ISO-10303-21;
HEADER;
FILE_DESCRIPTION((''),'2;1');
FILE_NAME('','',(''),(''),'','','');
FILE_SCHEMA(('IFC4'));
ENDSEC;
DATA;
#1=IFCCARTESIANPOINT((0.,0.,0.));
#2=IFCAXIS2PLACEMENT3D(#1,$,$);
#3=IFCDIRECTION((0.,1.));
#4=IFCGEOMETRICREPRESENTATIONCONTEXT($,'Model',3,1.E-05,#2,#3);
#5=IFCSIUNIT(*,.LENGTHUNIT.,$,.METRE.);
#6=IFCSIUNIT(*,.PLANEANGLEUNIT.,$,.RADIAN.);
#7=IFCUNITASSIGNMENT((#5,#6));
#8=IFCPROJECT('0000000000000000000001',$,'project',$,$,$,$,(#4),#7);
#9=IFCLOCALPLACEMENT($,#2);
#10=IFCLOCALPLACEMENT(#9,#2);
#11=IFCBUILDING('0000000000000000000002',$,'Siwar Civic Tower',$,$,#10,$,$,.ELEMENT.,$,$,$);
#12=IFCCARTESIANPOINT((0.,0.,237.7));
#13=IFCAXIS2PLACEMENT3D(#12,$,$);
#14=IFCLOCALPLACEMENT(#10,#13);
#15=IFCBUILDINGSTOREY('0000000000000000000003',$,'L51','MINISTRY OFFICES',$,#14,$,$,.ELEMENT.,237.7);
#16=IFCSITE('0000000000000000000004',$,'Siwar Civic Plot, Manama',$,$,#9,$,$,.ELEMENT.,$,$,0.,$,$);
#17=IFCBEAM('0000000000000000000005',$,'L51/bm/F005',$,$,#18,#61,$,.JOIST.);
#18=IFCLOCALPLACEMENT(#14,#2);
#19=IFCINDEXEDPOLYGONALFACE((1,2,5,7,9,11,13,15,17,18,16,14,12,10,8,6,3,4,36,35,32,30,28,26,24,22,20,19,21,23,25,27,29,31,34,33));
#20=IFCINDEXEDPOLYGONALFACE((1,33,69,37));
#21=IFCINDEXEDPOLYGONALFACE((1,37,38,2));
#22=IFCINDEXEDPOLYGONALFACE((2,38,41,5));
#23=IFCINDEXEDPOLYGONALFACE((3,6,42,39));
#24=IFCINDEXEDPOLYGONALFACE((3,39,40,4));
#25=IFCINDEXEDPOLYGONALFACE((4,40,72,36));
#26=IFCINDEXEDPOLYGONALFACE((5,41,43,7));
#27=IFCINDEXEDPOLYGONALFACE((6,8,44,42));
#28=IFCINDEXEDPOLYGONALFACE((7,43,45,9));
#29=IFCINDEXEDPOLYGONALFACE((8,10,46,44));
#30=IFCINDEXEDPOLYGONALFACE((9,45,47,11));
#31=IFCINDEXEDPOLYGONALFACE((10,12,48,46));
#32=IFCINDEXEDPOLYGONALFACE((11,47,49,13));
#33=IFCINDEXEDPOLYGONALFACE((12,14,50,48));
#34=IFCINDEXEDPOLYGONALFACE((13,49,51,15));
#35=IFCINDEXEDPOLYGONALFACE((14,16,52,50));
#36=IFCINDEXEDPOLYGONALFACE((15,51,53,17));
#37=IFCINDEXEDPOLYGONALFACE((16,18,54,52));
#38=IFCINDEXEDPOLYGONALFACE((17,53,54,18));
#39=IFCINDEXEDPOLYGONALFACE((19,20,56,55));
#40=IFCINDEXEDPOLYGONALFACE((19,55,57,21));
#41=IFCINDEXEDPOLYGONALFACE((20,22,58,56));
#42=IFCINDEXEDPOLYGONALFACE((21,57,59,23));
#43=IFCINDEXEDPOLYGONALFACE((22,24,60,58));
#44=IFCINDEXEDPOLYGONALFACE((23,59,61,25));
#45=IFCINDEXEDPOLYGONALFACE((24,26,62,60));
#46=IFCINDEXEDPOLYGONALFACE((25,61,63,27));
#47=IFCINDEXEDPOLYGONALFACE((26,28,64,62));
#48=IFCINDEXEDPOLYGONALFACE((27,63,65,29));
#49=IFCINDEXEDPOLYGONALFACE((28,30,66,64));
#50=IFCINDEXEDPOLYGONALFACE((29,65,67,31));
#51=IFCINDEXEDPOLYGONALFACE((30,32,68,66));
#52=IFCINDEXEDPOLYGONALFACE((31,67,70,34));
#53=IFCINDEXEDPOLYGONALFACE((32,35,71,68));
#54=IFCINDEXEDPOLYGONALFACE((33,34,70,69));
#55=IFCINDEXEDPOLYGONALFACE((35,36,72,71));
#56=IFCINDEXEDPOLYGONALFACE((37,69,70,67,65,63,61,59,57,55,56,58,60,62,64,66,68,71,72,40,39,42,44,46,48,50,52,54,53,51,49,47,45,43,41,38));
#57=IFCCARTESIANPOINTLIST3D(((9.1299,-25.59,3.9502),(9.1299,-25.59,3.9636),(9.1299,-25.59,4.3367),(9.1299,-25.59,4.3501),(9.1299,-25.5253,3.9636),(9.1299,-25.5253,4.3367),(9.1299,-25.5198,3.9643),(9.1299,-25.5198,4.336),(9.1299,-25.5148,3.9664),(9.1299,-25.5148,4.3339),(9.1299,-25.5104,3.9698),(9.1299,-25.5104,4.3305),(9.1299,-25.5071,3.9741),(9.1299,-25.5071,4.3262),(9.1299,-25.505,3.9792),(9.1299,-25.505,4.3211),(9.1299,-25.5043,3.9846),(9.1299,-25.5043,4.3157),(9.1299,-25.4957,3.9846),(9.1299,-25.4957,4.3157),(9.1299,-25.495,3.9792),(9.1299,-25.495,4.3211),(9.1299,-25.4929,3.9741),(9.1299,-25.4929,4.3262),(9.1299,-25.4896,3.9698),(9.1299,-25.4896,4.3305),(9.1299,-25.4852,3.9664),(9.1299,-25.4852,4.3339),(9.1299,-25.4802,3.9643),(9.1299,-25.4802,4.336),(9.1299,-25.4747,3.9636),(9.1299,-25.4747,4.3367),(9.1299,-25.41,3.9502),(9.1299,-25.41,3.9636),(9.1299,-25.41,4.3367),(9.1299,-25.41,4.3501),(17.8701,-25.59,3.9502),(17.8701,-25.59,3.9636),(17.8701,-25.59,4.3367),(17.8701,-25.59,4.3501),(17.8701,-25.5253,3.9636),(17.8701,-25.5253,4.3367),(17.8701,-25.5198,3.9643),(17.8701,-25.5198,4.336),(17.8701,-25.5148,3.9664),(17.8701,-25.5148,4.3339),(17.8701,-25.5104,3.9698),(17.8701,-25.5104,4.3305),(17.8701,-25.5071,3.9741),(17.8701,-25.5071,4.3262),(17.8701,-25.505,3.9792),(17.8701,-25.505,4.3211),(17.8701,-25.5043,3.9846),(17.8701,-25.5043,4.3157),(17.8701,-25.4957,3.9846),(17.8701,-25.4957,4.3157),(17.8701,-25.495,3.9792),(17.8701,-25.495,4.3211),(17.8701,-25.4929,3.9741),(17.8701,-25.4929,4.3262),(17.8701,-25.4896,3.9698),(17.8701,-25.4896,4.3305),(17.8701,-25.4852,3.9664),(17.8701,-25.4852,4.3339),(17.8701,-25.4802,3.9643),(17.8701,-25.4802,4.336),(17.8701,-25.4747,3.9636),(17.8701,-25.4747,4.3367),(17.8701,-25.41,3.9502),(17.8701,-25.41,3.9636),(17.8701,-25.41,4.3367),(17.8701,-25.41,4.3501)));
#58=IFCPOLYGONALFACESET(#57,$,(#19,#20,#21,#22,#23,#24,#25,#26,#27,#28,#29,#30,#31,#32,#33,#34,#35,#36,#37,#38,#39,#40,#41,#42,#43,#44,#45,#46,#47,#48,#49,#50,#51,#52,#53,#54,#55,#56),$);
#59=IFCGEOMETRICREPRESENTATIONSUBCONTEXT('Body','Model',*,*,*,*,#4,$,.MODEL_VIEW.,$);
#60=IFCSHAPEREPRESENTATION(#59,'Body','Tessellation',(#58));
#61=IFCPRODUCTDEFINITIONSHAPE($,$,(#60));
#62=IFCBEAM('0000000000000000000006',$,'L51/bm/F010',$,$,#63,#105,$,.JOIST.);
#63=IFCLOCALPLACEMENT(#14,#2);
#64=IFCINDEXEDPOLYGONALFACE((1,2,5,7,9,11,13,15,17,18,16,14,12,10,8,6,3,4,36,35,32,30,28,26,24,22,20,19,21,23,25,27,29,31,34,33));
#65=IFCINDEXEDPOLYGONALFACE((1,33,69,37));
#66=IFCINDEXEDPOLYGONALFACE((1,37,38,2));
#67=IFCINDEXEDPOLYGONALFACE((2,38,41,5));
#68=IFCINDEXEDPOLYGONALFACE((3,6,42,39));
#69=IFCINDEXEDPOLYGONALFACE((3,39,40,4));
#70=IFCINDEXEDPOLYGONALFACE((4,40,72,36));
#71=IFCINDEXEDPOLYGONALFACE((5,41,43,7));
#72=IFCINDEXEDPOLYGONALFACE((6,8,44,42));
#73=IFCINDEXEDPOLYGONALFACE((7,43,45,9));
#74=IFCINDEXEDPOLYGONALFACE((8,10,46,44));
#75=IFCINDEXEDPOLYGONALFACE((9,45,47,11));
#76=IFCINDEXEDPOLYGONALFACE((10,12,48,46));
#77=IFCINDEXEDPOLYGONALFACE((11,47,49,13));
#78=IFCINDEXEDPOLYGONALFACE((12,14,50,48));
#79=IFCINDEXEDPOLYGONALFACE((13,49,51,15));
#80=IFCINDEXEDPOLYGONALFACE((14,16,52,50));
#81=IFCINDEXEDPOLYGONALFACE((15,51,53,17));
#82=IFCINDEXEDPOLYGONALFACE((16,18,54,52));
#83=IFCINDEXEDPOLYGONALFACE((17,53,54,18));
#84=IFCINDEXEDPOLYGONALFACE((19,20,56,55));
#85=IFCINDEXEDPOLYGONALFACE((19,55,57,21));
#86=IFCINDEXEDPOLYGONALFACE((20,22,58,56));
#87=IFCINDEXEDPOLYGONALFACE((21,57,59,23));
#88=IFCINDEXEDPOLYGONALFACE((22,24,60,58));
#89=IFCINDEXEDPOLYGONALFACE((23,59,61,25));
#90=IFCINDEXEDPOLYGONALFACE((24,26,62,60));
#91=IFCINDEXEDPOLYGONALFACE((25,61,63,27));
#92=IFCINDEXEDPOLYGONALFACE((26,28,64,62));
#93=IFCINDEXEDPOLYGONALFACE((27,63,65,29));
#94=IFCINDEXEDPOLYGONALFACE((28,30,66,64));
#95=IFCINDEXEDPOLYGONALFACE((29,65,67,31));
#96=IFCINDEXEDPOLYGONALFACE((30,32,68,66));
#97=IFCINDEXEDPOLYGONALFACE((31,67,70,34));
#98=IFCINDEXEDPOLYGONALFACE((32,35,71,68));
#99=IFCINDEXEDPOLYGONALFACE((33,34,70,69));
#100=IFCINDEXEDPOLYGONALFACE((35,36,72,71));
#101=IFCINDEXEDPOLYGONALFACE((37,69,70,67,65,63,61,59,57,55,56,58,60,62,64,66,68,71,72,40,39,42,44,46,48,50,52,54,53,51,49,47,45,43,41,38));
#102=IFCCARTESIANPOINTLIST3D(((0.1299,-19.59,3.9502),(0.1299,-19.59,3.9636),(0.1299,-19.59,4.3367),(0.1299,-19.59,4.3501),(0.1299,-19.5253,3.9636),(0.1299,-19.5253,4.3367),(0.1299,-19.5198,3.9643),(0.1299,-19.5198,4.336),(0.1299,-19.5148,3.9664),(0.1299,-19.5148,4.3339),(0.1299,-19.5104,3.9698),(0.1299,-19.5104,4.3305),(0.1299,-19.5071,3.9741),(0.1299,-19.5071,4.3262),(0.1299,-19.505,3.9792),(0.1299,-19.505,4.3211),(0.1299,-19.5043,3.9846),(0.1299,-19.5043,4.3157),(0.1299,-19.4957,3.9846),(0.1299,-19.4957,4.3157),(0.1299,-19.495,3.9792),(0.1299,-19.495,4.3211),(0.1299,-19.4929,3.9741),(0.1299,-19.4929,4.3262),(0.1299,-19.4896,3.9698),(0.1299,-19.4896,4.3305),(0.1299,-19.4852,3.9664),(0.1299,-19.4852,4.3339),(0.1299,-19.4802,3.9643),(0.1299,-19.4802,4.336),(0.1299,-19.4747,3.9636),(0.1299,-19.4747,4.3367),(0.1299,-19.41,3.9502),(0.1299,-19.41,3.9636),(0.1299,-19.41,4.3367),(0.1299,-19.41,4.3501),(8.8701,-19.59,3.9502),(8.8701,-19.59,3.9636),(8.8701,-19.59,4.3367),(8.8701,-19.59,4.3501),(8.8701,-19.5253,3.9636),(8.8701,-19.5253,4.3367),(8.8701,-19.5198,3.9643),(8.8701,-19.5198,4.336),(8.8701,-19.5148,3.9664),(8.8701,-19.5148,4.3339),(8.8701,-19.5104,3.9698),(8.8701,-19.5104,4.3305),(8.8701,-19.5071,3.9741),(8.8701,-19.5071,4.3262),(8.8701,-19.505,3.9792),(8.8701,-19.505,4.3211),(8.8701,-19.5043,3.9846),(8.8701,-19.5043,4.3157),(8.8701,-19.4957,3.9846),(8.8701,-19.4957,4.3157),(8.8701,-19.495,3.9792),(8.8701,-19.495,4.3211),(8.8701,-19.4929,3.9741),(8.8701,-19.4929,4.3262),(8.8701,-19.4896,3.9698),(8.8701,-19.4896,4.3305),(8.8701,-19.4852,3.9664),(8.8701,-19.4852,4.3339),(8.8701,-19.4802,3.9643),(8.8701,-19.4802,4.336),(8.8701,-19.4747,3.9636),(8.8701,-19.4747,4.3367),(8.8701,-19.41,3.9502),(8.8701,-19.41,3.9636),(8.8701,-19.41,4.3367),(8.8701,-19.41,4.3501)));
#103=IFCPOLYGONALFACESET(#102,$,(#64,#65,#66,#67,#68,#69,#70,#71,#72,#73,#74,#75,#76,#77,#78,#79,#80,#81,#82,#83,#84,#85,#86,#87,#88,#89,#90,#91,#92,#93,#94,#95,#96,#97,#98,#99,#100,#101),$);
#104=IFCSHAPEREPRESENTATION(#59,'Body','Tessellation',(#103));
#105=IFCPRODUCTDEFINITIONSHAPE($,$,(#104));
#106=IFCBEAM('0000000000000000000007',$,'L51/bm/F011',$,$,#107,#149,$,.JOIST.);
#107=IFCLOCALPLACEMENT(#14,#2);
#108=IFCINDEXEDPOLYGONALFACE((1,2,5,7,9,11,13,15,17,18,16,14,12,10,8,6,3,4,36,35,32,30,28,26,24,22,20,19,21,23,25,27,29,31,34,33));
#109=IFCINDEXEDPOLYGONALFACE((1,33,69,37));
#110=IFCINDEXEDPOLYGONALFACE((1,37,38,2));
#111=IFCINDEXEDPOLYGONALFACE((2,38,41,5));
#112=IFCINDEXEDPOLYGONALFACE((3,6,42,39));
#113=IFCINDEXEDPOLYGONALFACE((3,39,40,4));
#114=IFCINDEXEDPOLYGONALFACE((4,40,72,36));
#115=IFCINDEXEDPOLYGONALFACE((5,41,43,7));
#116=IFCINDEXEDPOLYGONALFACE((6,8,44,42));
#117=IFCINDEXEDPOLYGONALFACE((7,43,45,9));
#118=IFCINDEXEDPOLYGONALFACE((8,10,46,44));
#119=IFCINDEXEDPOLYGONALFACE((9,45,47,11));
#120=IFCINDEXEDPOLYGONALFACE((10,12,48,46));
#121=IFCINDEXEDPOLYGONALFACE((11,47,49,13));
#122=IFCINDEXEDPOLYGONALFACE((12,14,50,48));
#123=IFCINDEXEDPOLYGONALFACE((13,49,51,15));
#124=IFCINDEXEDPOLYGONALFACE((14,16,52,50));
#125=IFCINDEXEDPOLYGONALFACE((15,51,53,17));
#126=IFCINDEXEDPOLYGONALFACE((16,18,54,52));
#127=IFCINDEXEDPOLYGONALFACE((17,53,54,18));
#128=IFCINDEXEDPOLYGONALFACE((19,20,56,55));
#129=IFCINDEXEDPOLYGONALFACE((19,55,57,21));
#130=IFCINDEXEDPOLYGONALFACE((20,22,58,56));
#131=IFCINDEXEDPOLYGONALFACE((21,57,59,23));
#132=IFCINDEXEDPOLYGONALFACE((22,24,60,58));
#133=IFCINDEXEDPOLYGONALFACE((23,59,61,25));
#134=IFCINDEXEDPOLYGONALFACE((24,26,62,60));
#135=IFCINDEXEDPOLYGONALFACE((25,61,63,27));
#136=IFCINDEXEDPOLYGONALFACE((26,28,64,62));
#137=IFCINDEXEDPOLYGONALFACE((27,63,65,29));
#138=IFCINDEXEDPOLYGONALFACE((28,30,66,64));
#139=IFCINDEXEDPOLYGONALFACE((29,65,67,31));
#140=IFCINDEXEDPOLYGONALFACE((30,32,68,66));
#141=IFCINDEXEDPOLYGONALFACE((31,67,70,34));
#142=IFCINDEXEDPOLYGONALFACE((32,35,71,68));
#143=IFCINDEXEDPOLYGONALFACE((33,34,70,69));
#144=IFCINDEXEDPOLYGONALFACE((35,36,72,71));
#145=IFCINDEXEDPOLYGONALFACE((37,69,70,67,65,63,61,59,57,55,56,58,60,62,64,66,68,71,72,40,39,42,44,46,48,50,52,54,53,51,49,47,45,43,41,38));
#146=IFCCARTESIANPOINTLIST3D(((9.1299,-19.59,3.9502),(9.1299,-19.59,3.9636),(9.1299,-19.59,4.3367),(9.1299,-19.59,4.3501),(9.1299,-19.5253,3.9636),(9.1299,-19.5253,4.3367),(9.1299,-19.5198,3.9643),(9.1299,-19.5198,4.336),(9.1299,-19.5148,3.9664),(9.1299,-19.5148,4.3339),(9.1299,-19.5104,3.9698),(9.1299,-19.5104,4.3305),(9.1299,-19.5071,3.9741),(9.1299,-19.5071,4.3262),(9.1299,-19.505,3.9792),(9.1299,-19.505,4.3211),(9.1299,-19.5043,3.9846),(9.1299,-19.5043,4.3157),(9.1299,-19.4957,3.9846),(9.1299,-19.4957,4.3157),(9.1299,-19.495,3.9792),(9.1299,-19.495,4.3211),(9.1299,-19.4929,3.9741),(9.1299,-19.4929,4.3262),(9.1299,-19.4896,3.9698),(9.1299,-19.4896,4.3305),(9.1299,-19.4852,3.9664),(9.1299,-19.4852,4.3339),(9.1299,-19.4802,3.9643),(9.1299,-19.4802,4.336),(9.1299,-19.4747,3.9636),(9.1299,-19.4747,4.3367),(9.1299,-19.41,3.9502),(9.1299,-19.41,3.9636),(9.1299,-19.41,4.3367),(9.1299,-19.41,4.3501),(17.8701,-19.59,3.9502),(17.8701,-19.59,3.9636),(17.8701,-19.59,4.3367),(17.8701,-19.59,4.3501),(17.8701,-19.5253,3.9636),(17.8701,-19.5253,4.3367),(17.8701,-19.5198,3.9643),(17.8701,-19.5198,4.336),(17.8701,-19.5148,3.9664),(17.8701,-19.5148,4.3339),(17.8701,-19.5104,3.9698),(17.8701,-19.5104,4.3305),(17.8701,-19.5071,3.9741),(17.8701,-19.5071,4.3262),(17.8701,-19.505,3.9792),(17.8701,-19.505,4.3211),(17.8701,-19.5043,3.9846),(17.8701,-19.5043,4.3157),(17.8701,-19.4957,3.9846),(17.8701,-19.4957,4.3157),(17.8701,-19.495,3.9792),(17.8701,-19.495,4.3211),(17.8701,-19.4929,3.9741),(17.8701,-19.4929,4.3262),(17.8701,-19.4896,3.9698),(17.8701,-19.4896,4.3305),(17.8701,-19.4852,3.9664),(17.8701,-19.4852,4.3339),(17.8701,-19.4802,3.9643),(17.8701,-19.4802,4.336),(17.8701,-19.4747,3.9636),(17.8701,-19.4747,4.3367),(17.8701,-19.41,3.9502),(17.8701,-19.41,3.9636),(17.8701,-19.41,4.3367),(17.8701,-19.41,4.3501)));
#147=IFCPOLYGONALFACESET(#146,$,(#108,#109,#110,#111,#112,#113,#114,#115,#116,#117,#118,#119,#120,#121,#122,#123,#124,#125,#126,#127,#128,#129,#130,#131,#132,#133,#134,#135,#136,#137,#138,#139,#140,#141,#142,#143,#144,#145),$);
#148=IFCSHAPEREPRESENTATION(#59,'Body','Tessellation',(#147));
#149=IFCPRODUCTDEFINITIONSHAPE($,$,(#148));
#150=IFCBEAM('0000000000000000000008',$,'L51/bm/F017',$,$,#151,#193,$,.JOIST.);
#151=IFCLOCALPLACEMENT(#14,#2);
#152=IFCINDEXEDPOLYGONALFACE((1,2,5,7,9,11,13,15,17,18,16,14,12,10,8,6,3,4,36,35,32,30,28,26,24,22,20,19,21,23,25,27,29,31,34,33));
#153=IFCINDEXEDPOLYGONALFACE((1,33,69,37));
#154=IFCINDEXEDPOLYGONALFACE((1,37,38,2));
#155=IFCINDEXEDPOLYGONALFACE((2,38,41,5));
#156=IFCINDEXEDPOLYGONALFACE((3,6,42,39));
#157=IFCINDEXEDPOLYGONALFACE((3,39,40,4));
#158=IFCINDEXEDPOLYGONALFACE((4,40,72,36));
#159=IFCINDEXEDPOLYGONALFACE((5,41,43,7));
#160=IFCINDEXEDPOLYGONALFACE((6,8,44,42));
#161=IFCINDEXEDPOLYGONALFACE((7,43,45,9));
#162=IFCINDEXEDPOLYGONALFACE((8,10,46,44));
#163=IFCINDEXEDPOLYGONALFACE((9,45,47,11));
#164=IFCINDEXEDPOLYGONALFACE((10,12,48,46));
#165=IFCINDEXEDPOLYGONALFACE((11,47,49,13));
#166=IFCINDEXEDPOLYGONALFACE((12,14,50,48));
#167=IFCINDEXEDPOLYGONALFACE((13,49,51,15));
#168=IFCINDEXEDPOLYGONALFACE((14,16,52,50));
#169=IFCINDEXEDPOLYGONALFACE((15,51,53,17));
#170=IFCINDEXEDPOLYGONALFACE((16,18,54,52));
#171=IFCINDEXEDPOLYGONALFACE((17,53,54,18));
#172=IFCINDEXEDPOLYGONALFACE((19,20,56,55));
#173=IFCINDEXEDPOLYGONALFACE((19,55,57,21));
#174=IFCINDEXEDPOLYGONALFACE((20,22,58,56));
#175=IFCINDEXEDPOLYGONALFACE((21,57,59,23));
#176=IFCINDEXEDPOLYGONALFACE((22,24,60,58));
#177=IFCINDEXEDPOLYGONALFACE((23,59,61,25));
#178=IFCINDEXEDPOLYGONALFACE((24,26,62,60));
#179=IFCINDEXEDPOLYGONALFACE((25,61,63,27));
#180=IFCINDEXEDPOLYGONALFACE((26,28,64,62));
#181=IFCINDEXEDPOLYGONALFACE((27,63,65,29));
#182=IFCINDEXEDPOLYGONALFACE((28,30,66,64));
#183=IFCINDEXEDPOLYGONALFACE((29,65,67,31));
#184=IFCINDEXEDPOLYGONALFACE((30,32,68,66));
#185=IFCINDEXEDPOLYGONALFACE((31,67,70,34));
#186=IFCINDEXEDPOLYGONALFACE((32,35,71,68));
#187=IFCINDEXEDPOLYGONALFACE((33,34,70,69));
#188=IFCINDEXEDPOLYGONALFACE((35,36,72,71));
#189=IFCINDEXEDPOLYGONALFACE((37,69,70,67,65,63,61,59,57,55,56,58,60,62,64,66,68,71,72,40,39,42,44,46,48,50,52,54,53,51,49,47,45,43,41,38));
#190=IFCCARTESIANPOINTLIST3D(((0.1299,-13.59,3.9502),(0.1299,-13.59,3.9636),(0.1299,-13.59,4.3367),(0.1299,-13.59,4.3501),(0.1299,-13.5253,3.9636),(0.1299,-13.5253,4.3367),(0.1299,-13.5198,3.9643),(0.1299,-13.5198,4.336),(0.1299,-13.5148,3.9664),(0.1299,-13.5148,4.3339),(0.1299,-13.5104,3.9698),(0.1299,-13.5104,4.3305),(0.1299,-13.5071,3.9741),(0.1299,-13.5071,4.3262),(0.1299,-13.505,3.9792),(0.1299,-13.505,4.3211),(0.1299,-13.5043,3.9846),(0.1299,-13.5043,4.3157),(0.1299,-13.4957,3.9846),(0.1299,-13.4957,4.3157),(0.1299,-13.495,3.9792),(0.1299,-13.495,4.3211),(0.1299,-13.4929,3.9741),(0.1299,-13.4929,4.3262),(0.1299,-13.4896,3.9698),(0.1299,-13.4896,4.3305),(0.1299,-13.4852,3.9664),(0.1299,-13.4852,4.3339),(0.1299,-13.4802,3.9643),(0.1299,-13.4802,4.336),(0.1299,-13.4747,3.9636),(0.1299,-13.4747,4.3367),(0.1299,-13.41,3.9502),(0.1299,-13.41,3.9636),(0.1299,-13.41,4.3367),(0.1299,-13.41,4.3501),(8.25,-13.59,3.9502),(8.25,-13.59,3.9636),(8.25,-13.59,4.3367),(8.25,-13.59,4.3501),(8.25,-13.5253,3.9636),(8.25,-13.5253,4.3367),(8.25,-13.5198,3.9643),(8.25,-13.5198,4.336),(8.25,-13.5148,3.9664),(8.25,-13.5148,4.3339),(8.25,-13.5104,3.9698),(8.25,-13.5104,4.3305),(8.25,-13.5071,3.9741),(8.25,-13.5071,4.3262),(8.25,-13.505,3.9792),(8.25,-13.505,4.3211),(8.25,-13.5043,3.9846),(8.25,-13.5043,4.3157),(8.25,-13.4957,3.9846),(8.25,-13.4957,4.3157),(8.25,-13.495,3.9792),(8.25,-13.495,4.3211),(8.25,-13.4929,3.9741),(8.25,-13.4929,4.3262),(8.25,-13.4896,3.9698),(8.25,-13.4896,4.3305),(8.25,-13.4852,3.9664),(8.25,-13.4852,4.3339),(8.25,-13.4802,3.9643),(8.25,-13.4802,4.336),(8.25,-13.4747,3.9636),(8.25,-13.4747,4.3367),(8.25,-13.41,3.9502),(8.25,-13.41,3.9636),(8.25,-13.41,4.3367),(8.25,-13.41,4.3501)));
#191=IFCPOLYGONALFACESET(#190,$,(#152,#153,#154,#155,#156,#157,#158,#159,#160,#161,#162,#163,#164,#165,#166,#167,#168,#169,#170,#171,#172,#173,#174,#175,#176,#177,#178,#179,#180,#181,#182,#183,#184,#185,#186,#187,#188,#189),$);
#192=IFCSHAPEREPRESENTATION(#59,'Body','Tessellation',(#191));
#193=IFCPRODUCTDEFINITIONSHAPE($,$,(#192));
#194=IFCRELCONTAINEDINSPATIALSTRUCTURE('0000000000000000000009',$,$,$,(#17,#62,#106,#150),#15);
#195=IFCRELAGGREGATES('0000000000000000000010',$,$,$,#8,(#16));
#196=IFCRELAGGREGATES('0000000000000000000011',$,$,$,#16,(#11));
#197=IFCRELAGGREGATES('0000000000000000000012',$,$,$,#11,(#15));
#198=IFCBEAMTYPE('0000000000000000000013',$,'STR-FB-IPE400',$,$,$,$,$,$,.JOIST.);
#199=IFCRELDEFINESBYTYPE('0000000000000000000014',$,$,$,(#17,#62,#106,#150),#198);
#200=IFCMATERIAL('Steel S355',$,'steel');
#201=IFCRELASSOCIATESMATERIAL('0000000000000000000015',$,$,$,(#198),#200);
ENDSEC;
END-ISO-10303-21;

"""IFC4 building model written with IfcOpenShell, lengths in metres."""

from ifc_helpers import new_model, si_unit, direction, frame, origin, origin_2d, place, context, subcontext, project, spatial, i_section, extrude, material, material_profile, profile_set, type_object, element, save


model = new_model("IFC4")

# Units and contexts
model_context = context("Model", 3, precision=1e-05, world=origin(), true_north=direction((0.0, 1.0)))
body_context = subcontext(model_context, "Body", "Model", "MODEL_VIEW")
ifc_project = project(units=[si_unit("LENGTHUNIT", "METRE"), si_unit("PLANEANGLEUNIT", "RADIAN")], contexts=[model_context])

# Site, building, storey
site_placement = place(None, origin())
site = spatial("IfcSite", under=ifc_project, at=site_placement, Name="Siwar Civic Plot, Manama", CompositionType="ELEMENT", RefElevation=0.0)
building_placement = place(site_placement, origin())
building = spatial("IfcBuilding", under=site, at=building_placement, Name="Siwar Civic Tower", CompositionType="ELEMENT")
storey_placement = place(building_placement, frame((0.0, 0.0, 237.7)))
storey = spatial("IfcBuildingStorey", under=building, at=storey_placement, Name="L51", Description="MINISTRY OFFICES", CompositionType="ELEMENT", Elevation=237.7)

# Beams
ifc_material_1 = material(Name="Steel S355", Category="steel")
ifc_material_profile_1 = material_profile(ifc_material_1, i_section(OverallWidth=0.1799, OverallDepth=0.3999, WebThickness=0.0085, FlangeThickness=0.0134, FilletRadius=0.021, at=origin_2d()), Name="IPE400")
ifc_profile_set_1 = profile_set([ifc_material_profile_1], Name="Steel S355")
beam_type_1 = type_object("IfcBeamType", Name="STR-FB-IPE400", PredefinedType="JOIST", material=ifc_profile_set_1)
for number, where, z_axis, x_axis, name in (
    (1, (9.1299, -25.5, 4.1501), (1.0, 0.0, 0.0), (0.0, 1.0, 0.0), "L51/bm/F005"),
    (2, (0.1299, -19.5, 4.1501), (1.0, 0.0, 0.0), (0.0, 1.0, 0.0), "L51/bm/F010"),
    (3, (9.1299, -19.5, 4.1501), (1.0, 0.0, 0.0), (0.0, 1.0, 0.0), "L51/bm/F011"),
):
    element("IfcBeam", number, at=place(storey_placement, frame(where, z_axis=z_axis, x_axis=x_axis)), inside=storey, type_object=beam_type_1, Name=name, PredefinedType="JOIST", context=body_context, shape_type="SweptSolid", body=[
        extrude(i_section(OverallWidth=0.1799, OverallDepth=0.3999, WebThickness=0.0085, FlangeThickness=0.0134, FilletRadius=0.021, at=origin_2d()), origin(), (0.0, 0.0, 1.0), 8.7402),
    ])
beam_1_placement = place(storey_placement, frame((0.1299, -13.5, 4.1501), z_axis=(1.0, 0.0, 0.0), x_axis=(0.0, 1.0, 0.0)))
element("IfcBeam", 4, at=beam_1_placement, inside=storey, type_object=beam_type_1, Name="L51/bm/F017", PredefinedType="JOIST", context=body_context, shape_type="SweptSolid", body=[
    extrude(i_section(OverallWidth=0.1799, OverallDepth=0.3999, WebThickness=0.0085, FlangeThickness=0.0134, FilletRadius=0.021, at=origin_2d()), origin(), (0.0, 0.0, 1.0), 8.1201),
])

save(model, "model.ifc")
